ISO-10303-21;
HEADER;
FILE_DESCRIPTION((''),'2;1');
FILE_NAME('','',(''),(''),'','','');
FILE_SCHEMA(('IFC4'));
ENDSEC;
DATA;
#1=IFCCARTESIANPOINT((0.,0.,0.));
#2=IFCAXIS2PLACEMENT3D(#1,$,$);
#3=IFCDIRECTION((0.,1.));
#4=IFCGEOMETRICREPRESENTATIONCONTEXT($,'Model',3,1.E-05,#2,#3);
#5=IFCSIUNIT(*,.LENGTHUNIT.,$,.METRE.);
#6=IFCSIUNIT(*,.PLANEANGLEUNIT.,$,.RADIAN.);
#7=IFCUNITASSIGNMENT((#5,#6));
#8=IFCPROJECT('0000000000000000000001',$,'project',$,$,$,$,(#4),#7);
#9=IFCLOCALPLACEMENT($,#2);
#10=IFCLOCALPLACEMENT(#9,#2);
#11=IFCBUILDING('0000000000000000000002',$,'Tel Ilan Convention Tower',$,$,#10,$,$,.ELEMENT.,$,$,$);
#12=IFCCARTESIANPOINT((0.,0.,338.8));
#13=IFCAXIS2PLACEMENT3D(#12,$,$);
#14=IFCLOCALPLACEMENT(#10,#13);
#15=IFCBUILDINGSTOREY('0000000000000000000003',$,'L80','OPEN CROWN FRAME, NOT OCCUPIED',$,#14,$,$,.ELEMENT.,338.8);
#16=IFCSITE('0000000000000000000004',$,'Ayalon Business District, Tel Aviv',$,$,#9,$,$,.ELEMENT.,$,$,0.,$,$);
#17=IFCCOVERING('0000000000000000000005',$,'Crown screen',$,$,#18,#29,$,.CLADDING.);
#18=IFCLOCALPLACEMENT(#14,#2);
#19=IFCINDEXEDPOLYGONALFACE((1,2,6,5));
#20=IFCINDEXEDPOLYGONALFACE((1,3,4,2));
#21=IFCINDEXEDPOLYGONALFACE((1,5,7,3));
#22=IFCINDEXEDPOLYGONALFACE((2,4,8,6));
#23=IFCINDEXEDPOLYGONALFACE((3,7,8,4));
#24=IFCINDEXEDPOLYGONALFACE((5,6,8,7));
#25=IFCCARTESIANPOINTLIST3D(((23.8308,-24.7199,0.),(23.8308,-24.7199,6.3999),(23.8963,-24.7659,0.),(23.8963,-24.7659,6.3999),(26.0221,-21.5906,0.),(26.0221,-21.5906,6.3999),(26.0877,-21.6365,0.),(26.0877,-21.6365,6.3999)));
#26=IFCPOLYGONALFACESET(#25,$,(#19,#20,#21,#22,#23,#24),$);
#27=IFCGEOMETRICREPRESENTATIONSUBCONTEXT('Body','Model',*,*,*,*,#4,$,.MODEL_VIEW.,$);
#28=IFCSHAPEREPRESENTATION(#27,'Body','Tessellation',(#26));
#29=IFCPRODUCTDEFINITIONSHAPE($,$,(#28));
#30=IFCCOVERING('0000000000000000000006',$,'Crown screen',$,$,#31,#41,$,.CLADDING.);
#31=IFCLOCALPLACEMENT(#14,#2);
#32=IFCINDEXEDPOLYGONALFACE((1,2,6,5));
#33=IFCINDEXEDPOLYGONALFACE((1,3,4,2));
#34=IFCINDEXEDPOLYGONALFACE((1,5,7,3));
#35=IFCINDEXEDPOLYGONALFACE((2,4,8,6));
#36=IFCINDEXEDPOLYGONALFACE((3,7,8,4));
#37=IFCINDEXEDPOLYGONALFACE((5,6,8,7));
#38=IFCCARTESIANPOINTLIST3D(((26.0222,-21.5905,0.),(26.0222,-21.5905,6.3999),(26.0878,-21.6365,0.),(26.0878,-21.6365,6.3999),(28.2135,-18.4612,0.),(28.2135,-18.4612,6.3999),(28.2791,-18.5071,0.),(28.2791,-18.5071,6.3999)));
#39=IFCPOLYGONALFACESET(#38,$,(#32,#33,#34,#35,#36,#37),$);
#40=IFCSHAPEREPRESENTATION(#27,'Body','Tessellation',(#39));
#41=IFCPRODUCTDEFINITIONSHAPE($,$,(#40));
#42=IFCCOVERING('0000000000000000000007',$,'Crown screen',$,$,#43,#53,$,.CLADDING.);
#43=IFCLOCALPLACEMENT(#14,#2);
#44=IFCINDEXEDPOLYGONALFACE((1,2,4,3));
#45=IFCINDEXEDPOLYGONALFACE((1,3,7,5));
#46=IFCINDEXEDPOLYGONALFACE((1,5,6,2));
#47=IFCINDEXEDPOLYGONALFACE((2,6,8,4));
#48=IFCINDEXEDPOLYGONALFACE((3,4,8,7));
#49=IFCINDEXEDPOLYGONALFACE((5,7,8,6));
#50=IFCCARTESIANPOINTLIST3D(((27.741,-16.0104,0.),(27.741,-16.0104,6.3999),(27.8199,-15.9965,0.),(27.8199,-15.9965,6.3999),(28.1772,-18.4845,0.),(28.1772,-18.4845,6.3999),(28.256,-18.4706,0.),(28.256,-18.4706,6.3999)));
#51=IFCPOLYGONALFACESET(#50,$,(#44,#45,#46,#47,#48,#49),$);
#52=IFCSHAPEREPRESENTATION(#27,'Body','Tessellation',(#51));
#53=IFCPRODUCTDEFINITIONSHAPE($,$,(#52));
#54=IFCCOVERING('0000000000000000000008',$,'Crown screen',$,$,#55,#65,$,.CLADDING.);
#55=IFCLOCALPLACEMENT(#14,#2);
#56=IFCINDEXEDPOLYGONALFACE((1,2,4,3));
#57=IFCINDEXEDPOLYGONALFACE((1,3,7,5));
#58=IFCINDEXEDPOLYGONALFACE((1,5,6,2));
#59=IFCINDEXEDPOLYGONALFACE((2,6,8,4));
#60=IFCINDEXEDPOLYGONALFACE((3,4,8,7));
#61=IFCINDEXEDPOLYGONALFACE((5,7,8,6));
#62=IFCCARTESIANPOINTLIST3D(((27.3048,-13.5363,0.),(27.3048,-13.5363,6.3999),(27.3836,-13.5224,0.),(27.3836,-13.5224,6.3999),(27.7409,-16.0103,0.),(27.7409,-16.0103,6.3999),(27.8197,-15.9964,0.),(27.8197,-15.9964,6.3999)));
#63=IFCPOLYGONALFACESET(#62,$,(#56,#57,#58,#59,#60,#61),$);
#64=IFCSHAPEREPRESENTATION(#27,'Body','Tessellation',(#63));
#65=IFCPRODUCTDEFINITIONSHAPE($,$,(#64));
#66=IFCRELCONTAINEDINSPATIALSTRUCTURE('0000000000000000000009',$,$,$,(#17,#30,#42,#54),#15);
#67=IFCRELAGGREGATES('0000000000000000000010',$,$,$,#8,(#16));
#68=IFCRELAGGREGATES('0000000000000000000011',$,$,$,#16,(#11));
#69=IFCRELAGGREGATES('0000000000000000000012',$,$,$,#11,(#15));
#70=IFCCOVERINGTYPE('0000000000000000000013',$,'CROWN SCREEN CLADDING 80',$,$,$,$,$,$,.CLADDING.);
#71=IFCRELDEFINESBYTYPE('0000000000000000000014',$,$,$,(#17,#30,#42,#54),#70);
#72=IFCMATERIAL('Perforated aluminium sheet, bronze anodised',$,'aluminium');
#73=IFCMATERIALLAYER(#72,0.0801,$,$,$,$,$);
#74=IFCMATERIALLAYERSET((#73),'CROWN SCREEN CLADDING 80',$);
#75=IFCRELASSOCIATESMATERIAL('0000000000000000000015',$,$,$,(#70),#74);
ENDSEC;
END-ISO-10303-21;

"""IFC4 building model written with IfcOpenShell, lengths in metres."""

from ifc_helpers import new_model, si_unit, direction, frame, origin, origin_2d, place, context, subcontext, project, spatial, rectangle, extrude, material, layer, layer_set, type_object, element, save


model = new_model("IFC4")

# Units and contexts
model_context = context("Model", 3, precision=1e-05, world=origin(), true_north=direction((0.0, 1.0)))
body_context = subcontext(model_context, "Body", "Model", "MODEL_VIEW")
ifc_project = project(units=[si_unit("LENGTHUNIT", "METRE"), si_unit("PLANEANGLEUNIT", "RADIAN")], contexts=[model_context])

# Site, building, storey
site_placement = place(None, origin())
site = spatial("IfcSite", under=ifc_project, at=site_placement, Name="Ayalon Business District, Tel Aviv", CompositionType="ELEMENT", RefElevation=0.0)
building_placement = place(site_placement, origin())
building = spatial("IfcBuilding", under=site, at=building_placement, Name="Tel Ilan Convention Tower", CompositionType="ELEMENT")
storey_placement = place(building_placement, frame((0.0, 0.0, 338.8)))
storey = spatial("IfcBuildingStorey", under=building, at=storey_placement, Name="L80", Description="OPEN CROWN FRAME, NOT OCCUPIED", CompositionType="ELEMENT", Elevation=338.8)

# Coverings
ifc_material_1 = material(Name="Perforated aluminium sheet, bronze anodised", Category="aluminium")
ifc_layer_1 = layer(ifc_material_1, 0.0801)
ifc_layer_set_1 = layer_set([ifc_layer_1], Name="CROWN SCREEN CLADDING 80")
covering_type = type_object("IfcCoveringType", Name="CROWN SCREEN CLADDING 80", PredefinedType="CLADDING", material=ifc_layer_set_1)
for number, where, z_axis, x_axis, name in (
    (1, (24.9592, -23.1782, 0.0), (0.0, 0.0, 1.0), (0.573607, 0.81913, 0.0), "Crown screen"),
    (2, (27.1506, -20.0488, 0.0), (0.0, 0.0, 1.0), (0.573607, 0.81913, 0.0), "Crown screen"),
):
    element("IfcCovering", number, at=place(storey_placement, frame(where, z_axis=z_axis, x_axis=x_axis)), inside=storey, type_object=covering_type, Name=name, PredefinedType="CLADDING", context=body_context, shape_type="SweptSolid", body=[
        extrude(rectangle(XDim=3.8203, YDim=0.0801, at=origin_2d()), origin(), (0.0, 0.0, 1.0), 6.3999),
    ])
for number, where, z_axis, x_axis, name in (
    (3, (27.9985, -17.2405, 0.0), (0.0, 0.0, 1.0), (-0.173598, 0.984817, 0.0), "Crown screen"),
    (4, (27.5623, -14.7664, 0.0), (0.0, 0.0, 1.0), (-0.173598, 0.984817, 0.0), "Crown screen"),
):
    element("IfcCovering", number, at=place(storey_placement, frame(where, z_axis=z_axis, x_axis=x_axis)), inside=storey, type_object=covering_type, Name=name, PredefinedType="CLADDING", context=body_context, shape_type="SweptSolid", body=[
        extrude(rectangle(XDim=2.5122, YDim=0.0801, at=origin_2d()), origin(), (0.0, 0.0, 1.0), 6.3999),
    ])

save(model, "model.ifc")
